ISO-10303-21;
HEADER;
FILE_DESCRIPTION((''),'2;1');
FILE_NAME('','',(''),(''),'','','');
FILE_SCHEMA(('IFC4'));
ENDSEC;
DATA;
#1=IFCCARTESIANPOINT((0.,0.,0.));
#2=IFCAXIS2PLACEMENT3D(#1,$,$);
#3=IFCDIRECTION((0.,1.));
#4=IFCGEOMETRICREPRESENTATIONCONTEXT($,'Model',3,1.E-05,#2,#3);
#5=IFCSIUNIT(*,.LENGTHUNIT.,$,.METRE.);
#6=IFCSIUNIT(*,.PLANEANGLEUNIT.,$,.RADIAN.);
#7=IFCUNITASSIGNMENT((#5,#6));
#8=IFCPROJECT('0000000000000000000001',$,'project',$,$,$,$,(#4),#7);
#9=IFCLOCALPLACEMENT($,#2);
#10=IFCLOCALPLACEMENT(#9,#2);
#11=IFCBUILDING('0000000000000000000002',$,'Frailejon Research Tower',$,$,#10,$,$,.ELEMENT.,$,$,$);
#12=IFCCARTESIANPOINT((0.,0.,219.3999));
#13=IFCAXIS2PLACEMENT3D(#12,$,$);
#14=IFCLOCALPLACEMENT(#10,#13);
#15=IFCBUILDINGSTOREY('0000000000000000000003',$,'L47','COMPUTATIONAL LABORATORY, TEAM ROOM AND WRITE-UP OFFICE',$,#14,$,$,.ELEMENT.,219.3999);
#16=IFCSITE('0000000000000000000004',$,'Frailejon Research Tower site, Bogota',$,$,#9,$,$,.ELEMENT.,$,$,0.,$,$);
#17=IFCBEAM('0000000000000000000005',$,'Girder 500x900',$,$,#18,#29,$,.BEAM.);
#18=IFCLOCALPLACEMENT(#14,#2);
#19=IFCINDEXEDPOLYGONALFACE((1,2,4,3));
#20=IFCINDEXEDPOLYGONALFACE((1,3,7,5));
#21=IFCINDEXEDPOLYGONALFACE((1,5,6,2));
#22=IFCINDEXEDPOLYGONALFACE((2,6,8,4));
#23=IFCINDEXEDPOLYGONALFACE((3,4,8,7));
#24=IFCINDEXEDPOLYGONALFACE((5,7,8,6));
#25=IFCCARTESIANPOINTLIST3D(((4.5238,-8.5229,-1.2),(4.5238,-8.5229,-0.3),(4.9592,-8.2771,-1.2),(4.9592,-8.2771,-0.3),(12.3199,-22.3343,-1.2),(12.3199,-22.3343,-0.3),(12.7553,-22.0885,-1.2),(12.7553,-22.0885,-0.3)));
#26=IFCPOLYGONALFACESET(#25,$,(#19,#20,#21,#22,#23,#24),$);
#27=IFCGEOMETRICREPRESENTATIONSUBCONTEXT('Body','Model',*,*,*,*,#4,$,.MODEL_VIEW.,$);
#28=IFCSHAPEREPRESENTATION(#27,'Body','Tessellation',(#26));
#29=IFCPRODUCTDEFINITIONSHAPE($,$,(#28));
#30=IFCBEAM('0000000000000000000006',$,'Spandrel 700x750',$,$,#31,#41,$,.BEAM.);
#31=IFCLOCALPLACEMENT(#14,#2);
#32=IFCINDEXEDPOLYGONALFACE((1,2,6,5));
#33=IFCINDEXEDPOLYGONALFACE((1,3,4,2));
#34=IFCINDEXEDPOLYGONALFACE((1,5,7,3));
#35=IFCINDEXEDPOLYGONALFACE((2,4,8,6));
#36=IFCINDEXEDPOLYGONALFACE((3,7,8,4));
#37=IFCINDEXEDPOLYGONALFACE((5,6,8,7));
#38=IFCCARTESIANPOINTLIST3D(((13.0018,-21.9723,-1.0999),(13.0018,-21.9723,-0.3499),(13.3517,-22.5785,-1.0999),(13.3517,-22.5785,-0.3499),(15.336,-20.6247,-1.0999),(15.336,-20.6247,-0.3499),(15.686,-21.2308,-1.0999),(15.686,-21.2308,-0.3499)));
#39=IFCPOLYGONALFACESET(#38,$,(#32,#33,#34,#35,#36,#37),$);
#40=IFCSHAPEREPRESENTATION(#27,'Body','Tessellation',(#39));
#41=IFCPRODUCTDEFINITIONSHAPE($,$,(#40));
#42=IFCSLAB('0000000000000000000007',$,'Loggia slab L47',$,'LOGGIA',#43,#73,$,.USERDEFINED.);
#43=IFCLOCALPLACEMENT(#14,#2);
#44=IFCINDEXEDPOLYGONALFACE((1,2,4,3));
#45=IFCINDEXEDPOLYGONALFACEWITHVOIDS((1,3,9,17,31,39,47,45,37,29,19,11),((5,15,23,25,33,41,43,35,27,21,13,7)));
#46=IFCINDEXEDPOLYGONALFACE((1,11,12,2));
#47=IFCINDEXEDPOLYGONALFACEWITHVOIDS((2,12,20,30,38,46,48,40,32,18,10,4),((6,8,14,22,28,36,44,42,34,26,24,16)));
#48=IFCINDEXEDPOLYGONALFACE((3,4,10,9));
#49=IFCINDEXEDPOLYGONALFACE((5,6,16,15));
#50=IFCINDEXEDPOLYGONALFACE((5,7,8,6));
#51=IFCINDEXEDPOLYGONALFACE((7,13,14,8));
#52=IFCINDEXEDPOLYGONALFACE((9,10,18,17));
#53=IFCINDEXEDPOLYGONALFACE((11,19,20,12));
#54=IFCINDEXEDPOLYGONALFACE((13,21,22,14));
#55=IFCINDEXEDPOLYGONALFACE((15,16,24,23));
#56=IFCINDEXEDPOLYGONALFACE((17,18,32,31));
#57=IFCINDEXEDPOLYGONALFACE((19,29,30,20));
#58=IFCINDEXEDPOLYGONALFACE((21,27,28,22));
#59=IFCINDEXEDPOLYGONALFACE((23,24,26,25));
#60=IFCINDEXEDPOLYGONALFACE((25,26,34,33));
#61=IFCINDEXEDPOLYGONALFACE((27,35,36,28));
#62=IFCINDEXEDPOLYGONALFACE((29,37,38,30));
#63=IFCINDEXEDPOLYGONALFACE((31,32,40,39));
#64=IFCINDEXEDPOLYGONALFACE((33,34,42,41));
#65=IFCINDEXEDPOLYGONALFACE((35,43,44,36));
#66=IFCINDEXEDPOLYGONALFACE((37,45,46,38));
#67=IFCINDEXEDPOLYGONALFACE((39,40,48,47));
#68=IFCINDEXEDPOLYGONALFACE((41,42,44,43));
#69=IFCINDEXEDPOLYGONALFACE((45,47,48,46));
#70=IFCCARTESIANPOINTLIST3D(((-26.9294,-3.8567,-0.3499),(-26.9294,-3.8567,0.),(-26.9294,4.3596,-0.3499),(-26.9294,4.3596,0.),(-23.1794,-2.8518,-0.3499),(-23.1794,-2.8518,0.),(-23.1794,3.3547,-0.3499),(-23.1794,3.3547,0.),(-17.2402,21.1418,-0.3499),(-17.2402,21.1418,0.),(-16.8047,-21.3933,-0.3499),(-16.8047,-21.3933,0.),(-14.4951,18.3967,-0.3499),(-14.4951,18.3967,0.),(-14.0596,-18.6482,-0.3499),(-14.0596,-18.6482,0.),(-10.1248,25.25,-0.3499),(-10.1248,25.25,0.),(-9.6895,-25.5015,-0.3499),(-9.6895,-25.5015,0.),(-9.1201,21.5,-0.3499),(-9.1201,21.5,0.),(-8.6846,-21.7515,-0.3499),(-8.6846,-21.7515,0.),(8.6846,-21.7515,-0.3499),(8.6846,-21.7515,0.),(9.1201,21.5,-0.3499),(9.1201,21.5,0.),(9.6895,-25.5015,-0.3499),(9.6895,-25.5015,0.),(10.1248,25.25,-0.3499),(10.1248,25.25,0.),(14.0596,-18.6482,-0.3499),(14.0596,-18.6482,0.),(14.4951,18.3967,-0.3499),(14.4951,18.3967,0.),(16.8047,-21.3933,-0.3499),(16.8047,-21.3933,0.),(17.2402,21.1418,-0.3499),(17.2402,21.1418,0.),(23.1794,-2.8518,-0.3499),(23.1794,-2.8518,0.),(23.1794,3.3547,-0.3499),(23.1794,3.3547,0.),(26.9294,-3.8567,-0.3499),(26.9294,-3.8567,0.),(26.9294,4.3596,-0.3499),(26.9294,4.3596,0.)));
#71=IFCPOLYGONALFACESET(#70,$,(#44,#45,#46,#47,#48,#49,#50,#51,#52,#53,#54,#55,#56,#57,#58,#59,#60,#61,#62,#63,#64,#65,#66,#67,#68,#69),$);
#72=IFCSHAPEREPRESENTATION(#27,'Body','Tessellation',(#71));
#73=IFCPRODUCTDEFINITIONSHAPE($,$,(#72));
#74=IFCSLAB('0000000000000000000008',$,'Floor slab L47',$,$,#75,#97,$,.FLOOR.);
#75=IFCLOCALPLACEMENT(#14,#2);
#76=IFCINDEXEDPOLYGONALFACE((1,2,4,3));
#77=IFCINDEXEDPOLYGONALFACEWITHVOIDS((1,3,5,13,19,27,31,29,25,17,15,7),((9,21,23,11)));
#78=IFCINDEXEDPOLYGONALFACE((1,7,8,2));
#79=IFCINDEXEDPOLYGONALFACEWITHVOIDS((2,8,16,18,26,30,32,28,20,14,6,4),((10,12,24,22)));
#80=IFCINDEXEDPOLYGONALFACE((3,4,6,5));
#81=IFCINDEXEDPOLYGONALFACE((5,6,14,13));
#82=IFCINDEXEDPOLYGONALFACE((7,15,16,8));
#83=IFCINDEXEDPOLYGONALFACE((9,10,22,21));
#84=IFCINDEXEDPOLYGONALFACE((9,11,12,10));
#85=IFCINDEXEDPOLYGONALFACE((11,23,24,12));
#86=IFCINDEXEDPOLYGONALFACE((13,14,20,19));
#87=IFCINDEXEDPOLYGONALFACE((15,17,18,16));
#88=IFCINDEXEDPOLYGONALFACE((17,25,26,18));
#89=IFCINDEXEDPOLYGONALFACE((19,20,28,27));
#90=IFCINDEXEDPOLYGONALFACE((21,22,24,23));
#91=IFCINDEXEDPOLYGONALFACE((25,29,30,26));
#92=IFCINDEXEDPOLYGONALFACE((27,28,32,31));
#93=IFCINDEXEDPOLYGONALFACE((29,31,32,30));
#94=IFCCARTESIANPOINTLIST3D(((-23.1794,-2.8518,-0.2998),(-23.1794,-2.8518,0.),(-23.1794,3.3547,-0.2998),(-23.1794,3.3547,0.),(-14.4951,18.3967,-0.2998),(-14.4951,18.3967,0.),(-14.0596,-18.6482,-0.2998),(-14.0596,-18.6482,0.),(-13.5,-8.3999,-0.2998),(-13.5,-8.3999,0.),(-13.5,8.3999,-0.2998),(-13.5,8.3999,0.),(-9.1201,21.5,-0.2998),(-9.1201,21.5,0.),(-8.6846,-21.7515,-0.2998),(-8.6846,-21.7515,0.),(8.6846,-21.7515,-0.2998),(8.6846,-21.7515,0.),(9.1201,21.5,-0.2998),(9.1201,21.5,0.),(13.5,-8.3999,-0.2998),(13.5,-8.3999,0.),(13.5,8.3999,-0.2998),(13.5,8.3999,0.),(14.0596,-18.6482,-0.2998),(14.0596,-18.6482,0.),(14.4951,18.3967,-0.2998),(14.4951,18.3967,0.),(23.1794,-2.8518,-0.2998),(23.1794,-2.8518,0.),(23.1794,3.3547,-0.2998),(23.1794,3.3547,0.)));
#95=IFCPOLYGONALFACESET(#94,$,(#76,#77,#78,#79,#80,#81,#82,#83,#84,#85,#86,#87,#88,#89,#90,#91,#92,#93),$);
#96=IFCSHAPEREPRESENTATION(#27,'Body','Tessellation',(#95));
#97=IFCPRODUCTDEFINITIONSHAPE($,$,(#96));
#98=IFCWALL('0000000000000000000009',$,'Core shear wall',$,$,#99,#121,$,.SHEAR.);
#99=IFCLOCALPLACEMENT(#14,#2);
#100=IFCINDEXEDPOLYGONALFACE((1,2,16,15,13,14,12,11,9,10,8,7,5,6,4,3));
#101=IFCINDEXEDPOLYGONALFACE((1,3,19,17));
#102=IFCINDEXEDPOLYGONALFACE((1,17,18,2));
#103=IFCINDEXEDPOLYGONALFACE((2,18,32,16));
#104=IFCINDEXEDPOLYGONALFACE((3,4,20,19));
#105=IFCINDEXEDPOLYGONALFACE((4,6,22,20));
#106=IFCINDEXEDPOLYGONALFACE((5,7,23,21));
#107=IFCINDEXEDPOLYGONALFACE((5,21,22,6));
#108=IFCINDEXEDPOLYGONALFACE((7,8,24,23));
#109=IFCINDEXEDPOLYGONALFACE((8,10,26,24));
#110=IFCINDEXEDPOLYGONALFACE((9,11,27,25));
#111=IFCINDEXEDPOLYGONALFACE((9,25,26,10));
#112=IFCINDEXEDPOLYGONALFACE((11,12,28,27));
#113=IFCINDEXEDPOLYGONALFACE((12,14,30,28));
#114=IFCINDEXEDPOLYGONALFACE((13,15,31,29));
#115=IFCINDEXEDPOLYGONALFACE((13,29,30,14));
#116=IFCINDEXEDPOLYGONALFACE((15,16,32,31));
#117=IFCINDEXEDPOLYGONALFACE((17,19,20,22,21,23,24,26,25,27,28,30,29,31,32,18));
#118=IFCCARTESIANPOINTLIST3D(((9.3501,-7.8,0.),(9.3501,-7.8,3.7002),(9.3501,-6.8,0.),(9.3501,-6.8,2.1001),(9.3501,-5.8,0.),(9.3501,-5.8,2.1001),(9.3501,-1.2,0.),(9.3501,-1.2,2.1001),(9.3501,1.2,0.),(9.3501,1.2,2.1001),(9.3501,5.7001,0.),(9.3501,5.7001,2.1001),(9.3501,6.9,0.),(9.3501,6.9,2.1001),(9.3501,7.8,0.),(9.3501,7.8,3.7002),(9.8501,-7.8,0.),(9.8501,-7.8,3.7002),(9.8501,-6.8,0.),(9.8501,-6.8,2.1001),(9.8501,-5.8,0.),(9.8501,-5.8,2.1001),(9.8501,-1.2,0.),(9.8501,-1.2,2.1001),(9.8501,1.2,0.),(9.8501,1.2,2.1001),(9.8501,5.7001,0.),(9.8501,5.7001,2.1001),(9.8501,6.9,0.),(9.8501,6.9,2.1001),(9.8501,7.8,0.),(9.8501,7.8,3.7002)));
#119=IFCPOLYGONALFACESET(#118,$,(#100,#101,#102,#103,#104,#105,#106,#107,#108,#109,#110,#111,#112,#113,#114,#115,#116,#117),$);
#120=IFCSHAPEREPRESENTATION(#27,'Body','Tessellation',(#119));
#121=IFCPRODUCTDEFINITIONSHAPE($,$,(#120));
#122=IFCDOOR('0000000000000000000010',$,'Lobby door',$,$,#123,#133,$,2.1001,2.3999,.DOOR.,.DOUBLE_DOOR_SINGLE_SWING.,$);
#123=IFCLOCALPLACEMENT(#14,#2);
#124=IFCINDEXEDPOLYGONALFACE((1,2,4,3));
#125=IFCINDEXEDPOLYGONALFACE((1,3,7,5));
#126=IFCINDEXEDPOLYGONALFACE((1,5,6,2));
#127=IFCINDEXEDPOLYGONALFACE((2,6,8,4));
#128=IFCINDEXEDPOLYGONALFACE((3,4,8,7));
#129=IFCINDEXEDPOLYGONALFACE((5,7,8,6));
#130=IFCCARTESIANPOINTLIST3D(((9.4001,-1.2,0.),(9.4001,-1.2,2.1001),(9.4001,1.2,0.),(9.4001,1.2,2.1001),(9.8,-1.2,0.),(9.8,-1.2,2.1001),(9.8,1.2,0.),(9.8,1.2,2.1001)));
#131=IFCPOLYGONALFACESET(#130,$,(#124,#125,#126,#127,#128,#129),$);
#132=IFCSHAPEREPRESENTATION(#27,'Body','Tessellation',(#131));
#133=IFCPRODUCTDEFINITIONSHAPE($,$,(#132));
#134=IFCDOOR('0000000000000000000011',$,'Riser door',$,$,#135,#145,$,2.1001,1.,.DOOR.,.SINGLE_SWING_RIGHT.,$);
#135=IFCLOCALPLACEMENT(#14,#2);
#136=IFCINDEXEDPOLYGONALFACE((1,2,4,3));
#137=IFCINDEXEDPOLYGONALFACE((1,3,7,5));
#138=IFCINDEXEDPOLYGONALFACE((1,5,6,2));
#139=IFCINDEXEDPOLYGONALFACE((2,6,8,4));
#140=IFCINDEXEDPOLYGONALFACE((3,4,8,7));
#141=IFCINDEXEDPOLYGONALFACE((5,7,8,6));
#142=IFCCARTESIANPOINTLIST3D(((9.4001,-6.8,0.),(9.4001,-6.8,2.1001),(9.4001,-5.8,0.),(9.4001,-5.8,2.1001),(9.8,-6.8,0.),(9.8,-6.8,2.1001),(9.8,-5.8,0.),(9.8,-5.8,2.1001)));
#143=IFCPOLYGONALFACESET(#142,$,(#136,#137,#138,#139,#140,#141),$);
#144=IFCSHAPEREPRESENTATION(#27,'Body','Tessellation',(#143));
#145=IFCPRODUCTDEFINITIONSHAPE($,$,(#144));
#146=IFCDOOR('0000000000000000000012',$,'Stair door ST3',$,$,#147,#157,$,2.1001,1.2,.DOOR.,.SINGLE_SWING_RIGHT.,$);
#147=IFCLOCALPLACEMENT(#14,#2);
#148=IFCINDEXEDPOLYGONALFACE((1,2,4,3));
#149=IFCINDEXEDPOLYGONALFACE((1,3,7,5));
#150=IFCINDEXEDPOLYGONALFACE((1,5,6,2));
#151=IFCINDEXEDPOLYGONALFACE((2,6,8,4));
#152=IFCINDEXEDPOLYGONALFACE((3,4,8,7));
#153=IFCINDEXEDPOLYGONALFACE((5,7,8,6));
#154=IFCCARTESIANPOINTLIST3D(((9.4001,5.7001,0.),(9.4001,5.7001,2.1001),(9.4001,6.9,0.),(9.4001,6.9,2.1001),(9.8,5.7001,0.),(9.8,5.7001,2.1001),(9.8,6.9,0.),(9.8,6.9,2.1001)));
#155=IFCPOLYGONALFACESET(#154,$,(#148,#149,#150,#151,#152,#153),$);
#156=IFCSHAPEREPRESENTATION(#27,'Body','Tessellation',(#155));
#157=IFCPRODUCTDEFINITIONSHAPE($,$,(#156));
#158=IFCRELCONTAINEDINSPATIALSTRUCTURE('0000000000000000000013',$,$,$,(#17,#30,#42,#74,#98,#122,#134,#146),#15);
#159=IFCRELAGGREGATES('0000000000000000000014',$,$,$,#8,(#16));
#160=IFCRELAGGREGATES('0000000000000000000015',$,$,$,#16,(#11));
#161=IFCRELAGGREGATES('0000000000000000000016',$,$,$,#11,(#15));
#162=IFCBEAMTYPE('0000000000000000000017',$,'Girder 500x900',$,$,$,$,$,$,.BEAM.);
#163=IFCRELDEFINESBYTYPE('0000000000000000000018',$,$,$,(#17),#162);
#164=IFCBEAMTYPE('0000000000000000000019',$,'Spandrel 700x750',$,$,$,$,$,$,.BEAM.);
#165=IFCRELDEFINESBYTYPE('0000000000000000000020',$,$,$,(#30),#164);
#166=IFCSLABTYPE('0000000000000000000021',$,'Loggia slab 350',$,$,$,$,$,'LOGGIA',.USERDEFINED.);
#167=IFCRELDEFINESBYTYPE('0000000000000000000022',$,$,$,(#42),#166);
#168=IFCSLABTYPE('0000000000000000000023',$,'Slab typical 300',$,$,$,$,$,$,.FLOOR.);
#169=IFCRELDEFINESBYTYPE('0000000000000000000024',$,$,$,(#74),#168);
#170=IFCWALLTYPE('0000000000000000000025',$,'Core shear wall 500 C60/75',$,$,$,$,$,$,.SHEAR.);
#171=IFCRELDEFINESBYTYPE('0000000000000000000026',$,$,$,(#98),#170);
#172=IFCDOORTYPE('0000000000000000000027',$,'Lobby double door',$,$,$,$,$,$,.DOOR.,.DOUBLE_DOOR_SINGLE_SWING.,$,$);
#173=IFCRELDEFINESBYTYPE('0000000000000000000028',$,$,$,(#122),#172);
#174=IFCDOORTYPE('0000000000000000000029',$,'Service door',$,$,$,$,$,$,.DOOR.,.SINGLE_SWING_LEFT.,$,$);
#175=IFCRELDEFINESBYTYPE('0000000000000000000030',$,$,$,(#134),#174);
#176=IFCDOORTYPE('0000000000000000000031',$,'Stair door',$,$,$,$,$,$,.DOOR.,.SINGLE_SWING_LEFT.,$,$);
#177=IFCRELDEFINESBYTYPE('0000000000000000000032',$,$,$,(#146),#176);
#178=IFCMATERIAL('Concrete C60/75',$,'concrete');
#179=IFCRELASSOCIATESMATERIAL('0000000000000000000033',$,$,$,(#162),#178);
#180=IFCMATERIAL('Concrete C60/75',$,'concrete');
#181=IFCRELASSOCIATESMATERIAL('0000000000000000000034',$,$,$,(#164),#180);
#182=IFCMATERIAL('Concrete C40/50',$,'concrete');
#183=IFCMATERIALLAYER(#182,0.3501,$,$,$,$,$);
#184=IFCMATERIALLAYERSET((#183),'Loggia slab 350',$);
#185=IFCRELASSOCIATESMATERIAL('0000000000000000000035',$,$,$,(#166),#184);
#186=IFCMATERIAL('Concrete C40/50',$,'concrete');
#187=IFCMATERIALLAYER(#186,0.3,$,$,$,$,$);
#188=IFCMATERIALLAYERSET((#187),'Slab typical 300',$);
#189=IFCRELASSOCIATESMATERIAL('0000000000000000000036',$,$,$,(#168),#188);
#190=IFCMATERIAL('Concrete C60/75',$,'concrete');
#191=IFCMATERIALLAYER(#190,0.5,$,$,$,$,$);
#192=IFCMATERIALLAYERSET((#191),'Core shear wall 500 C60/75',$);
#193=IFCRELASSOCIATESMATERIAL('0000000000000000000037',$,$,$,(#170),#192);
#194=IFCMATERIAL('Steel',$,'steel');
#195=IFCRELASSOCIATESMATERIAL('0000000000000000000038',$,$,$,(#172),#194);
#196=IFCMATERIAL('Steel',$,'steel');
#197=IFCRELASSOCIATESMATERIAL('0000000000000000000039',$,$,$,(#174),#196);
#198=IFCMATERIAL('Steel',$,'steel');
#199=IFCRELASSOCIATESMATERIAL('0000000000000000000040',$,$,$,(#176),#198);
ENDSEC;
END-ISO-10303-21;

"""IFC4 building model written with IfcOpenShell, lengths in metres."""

from ifc_helpers import new_model, si_unit, direction, frame, frame_2d, origin, origin_2d, place, context, subcontext, project, spatial, polyline, rectangle, outline, extrude, material, layer, layer_set, material_profile, profile_set, type_object, element, fill, save


model = new_model("IFC4")

# Units and contexts
model_context = context("Model", 3, precision=1e-05, world=origin(), true_north=direction((0.0, 1.0)))
body_context = subcontext(model_context, "Body", "Model", "MODEL_VIEW")
ifc_project = project(units=[si_unit("LENGTHUNIT", "METRE"), si_unit("PLANEANGLEUNIT", "RADIAN")], contexts=[model_context])

# Site, building, storey
site_placement = place(None, origin())
site = spatial("IfcSite", under=ifc_project, at=site_placement, Name="Frailejon Research Tower site, Bogota", CompositionType="ELEMENT", RefElevation=0.0)
building_placement = place(site_placement, origin())
building = spatial("IfcBuilding", under=site, at=building_placement, Name="Frailejon Research Tower", CompositionType="ELEMENT")
storey_placement = place(building_placement, frame((0.0, 0.0, 219.3999)))
storey = spatial("IfcBuildingStorey", under=building, at=storey_placement, Name="L47", Description="COMPUTATIONAL LABORATORY, TEAM ROOM AND WRITE-UP OFFICE", CompositionType="ELEMENT", Elevation=219.3999)

# Beams
ifc_material_1 = material(Name="Concrete C60/75", Category="concrete")
ifc_material_profile_1 = material_profile(ifc_material_1, rectangle(XDim=0.5, YDim=0.8999, at=origin_2d()), Name="Girder 500x900")
ifc_profile_set_1 = profile_set([ifc_material_profile_1], Name="Concrete C60/75")
beam_type_1 = type_object("IfcBeamType", Name="Girder 500x900", PredefinedType="BEAM", material=ifc_profile_set_1)
beam_1_placement = place(storey_placement, frame((12.5376, -22.2114, -0.75), z_axis=(-0.491562, 0.870843, 0.0), x_axis=(-0.870843, -0.491562, 0.0)))
element("IfcBeam", 1, at=beam_1_placement, inside=storey, type_object=beam_type_1, Name="Girder 500x900", PredefinedType="BEAM", context=body_context, shape_type="SweptSolid", body=[
    extrude(rectangle(XDim=0.5, YDim=0.8999, at=origin_2d()), origin(), (0.0, 0.0, 1.0), 15.8599),
])
ifc_material_2 = material(Name="Concrete C60/75", Category="concrete")
ifc_material_profile_2 = material_profile(ifc_material_2, rectangle(XDim=0.7, YDim=0.75, at=origin_2d()), Name="Spandrel 700x750")
ifc_profile_set_2 = profile_set([ifc_material_profile_2], Name="Concrete C60/75")
beam_type_2 = type_object("IfcBeamType", Name="Spandrel 700x750", PredefinedType="BEAM", material=ifc_profile_set_2)
beam_2_placement = place(storey_placement, frame((13.1768, -22.2754, -0.7249), z_axis=(0.866027, 0.499997, 0.0), x_axis=(-0.499997, 0.866027, 0.0)))
element("IfcBeam", 2, at=beam_2_placement, inside=storey, type_object=beam_type_2, Name="Spandrel 700x750", PredefinedType="BEAM", context=body_context, shape_type="SweptSolid", body=[
    extrude(rectangle(XDim=0.7, YDim=0.75, at=origin_2d()), origin(), (0.0, 0.0, 1.0), 2.6953),
])

# Slabs
ifc_material_3 = material(Name="Concrete C40/50", Category="concrete")
ifc_layer_1 = layer(ifc_material_3, 0.3501)
ifc_layer_set_1 = layer_set([ifc_layer_1], Name="Loggia slab 350")
slab_type_1 = type_object("IfcSlabType", Name="Loggia slab 350", ElementType="LOGGIA", PredefinedType="USERDEFINED", material=ifc_layer_set_1)
slab_1_placement = place(storey_placement, frame((0.0, 0.0, -0.3499)))
element("IfcSlab", 3, at=slab_1_placement, inside=storey, type_object=slab_type_1, Name="Loggia slab L47", ObjectType="LOGGIA", PredefinedType="USERDEFINED", context=body_context, shape_type="SweptSolid", body=[
    extrude(outline(polyline([(16.8047, -21.3933), (9.6895, -25.5015), (-9.6895, -25.5015), (-16.8047, -21.3933), (-26.9294, -3.8567), (-26.9294, 4.3596), (-17.2402, 21.1418), (-10.1248, 25.25), (10.1248, 25.25), (17.2402, 21.1418), (26.9294, 4.3596), (26.9294, -3.8567), (16.8047, -21.3933)]), holes=[polyline([(23.1794, 3.3547), (14.4951, 18.3967), (9.1201, 21.5), (-9.1201, 21.5), (-14.4951, 18.3967), (-23.1794, 3.3547), (-23.1794, -2.8518), (-14.0596, -18.6482), (-8.6846, -21.7515), (8.6846, -21.7515), (14.0596, -18.6482), (23.1794, -2.8518), (23.1794, 3.3547)])]), origin(), (0.0, 0.0, 1.0), 0.3499),
])
ifc_material_4 = material(Name="Concrete C40/50", Category="concrete")
ifc_layer_2 = layer(ifc_material_4, 0.3)
ifc_layer_set_2 = layer_set([ifc_layer_2], Name="Slab typical 300")
slab_type_2 = type_object("IfcSlabType", Name="Slab typical 300", PredefinedType="FLOOR", material=ifc_layer_set_2)
slab_2_placement = place(storey_placement, frame((0.0, 0.0, -0.2998)))
element("IfcSlab", 4, at=slab_2_placement, inside=storey, type_object=slab_type_2, Name="Floor slab L47", PredefinedType="FLOOR", context=body_context, shape_type="SweptSolid", body=[
    extrude(outline(polyline([(23.1794, -2.8518), (23.1794, 3.3547), (14.4951, 18.3967), (9.1201, 21.5), (-9.1201, 21.5), (-14.4951, 18.3967), (-23.1794, 3.3547), (-23.1794, -2.8518), (-14.0596, -18.6482), (-8.6846, -21.7515), (8.6846, -21.7515), (14.0596, -18.6482), (23.1794, -2.8518)]), holes=[polyline([(13.5, -8.3999), (-13.5, -8.3999), (-13.5, 8.3999), (13.5, 8.3999), (13.5, -8.3999)])]), origin(), (0.0, 0.0, 1.0), 0.2998),
])

# Wall, openings, doors
ifc_material_5 = material(Name="Concrete C60/75", Category="concrete")
ifc_layer_3 = layer(ifc_material_5, 0.5)
ifc_layer_set_3 = layer_set([ifc_layer_3], Name="Core shear wall 500 C60/75")
wall_type_1 = type_object("IfcWallType", Name="Core shear wall 500 C60/75", PredefinedType="SHEAR", material=ifc_layer_set_3)
wall_1_placement = place(storey_placement, frame((9.6001, -7.8, 0.0), z_axis=(0.0, 0.0, 1.0), x_axis=(0.0, 1.0, 0.0)))
wall_1 = element("IfcWall", 5, at=wall_1_placement, inside=storey, type_object=wall_type_1, Name="Core shear wall", PredefinedType="SHEAR", context=body_context, shape_type="SweptSolid", body=[
    extrude(rectangle(XDim=15.6001, YDim=0.5, at=frame_2d((7.8, 0.0))), origin(), (0.0, 0.0, 1.0), 3.7002),
])
opening_1_placement = place(wall_1_placement, frame((6.6001, 0.0, 0.0)))
opening_1 = element("IfcOpeningElement", 6, at=opening_1_placement, cuts=wall_1, PredefinedType="OPENING", context=body_context, shape_type="SweptSolid", body=[
    extrude(rectangle(XDim=2.3999, YDim=2.1001, at=frame_2d((1.2, 1.05))), frame((0.0, 0.26, 0.0), z_axis=(0.0, -1.0, 0.0), x_axis=(1.0, 0.0, 0.0)), (0.0, 0.0, 1.0), 0.52),
])
opening_2_placement = place(wall_1_placement, frame((13.5, 0.0, 0.0)))
opening_2 = element("IfcOpeningElement", 7, at=opening_2_placement, cuts=wall_1, PredefinedType="OPENING", context=body_context, shape_type="SweptSolid", body=[
    extrude(rectangle(XDim=1.2, YDim=2.1001, at=frame_2d((0.6001, 1.05))), frame((0.0, 0.26, 0.0), z_axis=(0.0, -1.0, 0.0), x_axis=(1.0, 0.0, 0.0)), (0.0, 0.0, 1.0), 0.52),
])
opening_3_placement = place(wall_1_placement, frame((1.0, 0.0, 0.0)))
opening_3 = element("IfcOpeningElement", 8, at=opening_3_placement, cuts=wall_1, PredefinedType="OPENING", context=body_context, shape_type="SweptSolid", body=[
    extrude(rectangle(XDim=1.0, YDim=2.1001, at=frame_2d((0.5, 1.05))), frame((0.0, 0.26, 0.0), z_axis=(0.0, -1.0, 0.0), x_axis=(1.0, 0.0, 0.0)), (0.0, 0.0, 1.0), 0.52),
])
ifc_material_6 = material(Name="Steel", Category="steel")
door_type_1 = type_object("IfcDoorType", Name="Lobby double door", OperationType="DOUBLE_DOOR_SINGLE_SWING", PredefinedType="DOOR", material=ifc_material_6)
door_1_placement = place(opening_1_placement, origin())
door_1 = element("IfcDoor", 9, at=door_1_placement, inside=storey, type_object=door_type_1, Name="Lobby door", OperationType="DOUBLE_DOOR_SINGLE_SWING", OverallHeight=2.1001, OverallWidth=2.3999, PredefinedType="DOOR", context=body_context, shape_type="SweptSolid", body=[
    extrude(rectangle(XDim=2.3999, YDim=2.1001, at=frame_2d((1.2, 1.05))), frame((0.0, 0.2, 0.0), z_axis=(0.0, -1.0, 0.0), x_axis=(1.0, 0.0, 0.0)), (0.0, 0.0, 1.0), 0.3999),
])
fill(opening_1, door_1)
ifc_material_7 = material(Name="Steel", Category="steel")
door_type_2 = type_object("IfcDoorType", Name="Service door", OperationType="SINGLE_SWING_LEFT", PredefinedType="DOOR", material=ifc_material_7)
door_2_placement = place(opening_3_placement, origin())
door_2 = element("IfcDoor", 10, at=door_2_placement, inside=storey, type_object=door_type_2, Name="Riser door", OperationType="SINGLE_SWING_RIGHT", OverallHeight=2.1001, OverallWidth=1.0, PredefinedType="DOOR", context=body_context, shape_type="SweptSolid", body=[
    extrude(rectangle(XDim=1.0, YDim=2.1001, at=frame_2d((0.5, 1.05))), frame((0.0, 0.2, 0.0), z_axis=(0.0, -1.0, 0.0), x_axis=(1.0, 0.0, 0.0)), (0.0, 0.0, 1.0), 0.3999),
])
fill(opening_3, door_2)
ifc_material_8 = material(Name="Steel", Category="steel")
door_type_3 = type_object("IfcDoorType", Name="Stair door", OperationType="SINGLE_SWING_LEFT", PredefinedType="DOOR", material=ifc_material_8)
door_3_placement = place(opening_2_placement, origin())
door_3 = element("IfcDoor", 11, at=door_3_placement, inside=storey, type_object=door_type_3, Name="Stair door ST3", OperationType="SINGLE_SWING_RIGHT", OverallHeight=2.1001, OverallWidth=1.2, PredefinedType="DOOR", context=body_context, shape_type="SweptSolid", body=[
    extrude(rectangle(XDim=1.2, YDim=2.1001, at=frame_2d((0.6001, 1.05))), frame((0.0, 0.2, 0.0), z_axis=(0.0, -1.0, 0.0), x_axis=(1.0, 0.0, 0.0)), (0.0, 0.0, 1.0), 0.3999),
])
fill(opening_2, door_3)

save(model, "model.ifc")
